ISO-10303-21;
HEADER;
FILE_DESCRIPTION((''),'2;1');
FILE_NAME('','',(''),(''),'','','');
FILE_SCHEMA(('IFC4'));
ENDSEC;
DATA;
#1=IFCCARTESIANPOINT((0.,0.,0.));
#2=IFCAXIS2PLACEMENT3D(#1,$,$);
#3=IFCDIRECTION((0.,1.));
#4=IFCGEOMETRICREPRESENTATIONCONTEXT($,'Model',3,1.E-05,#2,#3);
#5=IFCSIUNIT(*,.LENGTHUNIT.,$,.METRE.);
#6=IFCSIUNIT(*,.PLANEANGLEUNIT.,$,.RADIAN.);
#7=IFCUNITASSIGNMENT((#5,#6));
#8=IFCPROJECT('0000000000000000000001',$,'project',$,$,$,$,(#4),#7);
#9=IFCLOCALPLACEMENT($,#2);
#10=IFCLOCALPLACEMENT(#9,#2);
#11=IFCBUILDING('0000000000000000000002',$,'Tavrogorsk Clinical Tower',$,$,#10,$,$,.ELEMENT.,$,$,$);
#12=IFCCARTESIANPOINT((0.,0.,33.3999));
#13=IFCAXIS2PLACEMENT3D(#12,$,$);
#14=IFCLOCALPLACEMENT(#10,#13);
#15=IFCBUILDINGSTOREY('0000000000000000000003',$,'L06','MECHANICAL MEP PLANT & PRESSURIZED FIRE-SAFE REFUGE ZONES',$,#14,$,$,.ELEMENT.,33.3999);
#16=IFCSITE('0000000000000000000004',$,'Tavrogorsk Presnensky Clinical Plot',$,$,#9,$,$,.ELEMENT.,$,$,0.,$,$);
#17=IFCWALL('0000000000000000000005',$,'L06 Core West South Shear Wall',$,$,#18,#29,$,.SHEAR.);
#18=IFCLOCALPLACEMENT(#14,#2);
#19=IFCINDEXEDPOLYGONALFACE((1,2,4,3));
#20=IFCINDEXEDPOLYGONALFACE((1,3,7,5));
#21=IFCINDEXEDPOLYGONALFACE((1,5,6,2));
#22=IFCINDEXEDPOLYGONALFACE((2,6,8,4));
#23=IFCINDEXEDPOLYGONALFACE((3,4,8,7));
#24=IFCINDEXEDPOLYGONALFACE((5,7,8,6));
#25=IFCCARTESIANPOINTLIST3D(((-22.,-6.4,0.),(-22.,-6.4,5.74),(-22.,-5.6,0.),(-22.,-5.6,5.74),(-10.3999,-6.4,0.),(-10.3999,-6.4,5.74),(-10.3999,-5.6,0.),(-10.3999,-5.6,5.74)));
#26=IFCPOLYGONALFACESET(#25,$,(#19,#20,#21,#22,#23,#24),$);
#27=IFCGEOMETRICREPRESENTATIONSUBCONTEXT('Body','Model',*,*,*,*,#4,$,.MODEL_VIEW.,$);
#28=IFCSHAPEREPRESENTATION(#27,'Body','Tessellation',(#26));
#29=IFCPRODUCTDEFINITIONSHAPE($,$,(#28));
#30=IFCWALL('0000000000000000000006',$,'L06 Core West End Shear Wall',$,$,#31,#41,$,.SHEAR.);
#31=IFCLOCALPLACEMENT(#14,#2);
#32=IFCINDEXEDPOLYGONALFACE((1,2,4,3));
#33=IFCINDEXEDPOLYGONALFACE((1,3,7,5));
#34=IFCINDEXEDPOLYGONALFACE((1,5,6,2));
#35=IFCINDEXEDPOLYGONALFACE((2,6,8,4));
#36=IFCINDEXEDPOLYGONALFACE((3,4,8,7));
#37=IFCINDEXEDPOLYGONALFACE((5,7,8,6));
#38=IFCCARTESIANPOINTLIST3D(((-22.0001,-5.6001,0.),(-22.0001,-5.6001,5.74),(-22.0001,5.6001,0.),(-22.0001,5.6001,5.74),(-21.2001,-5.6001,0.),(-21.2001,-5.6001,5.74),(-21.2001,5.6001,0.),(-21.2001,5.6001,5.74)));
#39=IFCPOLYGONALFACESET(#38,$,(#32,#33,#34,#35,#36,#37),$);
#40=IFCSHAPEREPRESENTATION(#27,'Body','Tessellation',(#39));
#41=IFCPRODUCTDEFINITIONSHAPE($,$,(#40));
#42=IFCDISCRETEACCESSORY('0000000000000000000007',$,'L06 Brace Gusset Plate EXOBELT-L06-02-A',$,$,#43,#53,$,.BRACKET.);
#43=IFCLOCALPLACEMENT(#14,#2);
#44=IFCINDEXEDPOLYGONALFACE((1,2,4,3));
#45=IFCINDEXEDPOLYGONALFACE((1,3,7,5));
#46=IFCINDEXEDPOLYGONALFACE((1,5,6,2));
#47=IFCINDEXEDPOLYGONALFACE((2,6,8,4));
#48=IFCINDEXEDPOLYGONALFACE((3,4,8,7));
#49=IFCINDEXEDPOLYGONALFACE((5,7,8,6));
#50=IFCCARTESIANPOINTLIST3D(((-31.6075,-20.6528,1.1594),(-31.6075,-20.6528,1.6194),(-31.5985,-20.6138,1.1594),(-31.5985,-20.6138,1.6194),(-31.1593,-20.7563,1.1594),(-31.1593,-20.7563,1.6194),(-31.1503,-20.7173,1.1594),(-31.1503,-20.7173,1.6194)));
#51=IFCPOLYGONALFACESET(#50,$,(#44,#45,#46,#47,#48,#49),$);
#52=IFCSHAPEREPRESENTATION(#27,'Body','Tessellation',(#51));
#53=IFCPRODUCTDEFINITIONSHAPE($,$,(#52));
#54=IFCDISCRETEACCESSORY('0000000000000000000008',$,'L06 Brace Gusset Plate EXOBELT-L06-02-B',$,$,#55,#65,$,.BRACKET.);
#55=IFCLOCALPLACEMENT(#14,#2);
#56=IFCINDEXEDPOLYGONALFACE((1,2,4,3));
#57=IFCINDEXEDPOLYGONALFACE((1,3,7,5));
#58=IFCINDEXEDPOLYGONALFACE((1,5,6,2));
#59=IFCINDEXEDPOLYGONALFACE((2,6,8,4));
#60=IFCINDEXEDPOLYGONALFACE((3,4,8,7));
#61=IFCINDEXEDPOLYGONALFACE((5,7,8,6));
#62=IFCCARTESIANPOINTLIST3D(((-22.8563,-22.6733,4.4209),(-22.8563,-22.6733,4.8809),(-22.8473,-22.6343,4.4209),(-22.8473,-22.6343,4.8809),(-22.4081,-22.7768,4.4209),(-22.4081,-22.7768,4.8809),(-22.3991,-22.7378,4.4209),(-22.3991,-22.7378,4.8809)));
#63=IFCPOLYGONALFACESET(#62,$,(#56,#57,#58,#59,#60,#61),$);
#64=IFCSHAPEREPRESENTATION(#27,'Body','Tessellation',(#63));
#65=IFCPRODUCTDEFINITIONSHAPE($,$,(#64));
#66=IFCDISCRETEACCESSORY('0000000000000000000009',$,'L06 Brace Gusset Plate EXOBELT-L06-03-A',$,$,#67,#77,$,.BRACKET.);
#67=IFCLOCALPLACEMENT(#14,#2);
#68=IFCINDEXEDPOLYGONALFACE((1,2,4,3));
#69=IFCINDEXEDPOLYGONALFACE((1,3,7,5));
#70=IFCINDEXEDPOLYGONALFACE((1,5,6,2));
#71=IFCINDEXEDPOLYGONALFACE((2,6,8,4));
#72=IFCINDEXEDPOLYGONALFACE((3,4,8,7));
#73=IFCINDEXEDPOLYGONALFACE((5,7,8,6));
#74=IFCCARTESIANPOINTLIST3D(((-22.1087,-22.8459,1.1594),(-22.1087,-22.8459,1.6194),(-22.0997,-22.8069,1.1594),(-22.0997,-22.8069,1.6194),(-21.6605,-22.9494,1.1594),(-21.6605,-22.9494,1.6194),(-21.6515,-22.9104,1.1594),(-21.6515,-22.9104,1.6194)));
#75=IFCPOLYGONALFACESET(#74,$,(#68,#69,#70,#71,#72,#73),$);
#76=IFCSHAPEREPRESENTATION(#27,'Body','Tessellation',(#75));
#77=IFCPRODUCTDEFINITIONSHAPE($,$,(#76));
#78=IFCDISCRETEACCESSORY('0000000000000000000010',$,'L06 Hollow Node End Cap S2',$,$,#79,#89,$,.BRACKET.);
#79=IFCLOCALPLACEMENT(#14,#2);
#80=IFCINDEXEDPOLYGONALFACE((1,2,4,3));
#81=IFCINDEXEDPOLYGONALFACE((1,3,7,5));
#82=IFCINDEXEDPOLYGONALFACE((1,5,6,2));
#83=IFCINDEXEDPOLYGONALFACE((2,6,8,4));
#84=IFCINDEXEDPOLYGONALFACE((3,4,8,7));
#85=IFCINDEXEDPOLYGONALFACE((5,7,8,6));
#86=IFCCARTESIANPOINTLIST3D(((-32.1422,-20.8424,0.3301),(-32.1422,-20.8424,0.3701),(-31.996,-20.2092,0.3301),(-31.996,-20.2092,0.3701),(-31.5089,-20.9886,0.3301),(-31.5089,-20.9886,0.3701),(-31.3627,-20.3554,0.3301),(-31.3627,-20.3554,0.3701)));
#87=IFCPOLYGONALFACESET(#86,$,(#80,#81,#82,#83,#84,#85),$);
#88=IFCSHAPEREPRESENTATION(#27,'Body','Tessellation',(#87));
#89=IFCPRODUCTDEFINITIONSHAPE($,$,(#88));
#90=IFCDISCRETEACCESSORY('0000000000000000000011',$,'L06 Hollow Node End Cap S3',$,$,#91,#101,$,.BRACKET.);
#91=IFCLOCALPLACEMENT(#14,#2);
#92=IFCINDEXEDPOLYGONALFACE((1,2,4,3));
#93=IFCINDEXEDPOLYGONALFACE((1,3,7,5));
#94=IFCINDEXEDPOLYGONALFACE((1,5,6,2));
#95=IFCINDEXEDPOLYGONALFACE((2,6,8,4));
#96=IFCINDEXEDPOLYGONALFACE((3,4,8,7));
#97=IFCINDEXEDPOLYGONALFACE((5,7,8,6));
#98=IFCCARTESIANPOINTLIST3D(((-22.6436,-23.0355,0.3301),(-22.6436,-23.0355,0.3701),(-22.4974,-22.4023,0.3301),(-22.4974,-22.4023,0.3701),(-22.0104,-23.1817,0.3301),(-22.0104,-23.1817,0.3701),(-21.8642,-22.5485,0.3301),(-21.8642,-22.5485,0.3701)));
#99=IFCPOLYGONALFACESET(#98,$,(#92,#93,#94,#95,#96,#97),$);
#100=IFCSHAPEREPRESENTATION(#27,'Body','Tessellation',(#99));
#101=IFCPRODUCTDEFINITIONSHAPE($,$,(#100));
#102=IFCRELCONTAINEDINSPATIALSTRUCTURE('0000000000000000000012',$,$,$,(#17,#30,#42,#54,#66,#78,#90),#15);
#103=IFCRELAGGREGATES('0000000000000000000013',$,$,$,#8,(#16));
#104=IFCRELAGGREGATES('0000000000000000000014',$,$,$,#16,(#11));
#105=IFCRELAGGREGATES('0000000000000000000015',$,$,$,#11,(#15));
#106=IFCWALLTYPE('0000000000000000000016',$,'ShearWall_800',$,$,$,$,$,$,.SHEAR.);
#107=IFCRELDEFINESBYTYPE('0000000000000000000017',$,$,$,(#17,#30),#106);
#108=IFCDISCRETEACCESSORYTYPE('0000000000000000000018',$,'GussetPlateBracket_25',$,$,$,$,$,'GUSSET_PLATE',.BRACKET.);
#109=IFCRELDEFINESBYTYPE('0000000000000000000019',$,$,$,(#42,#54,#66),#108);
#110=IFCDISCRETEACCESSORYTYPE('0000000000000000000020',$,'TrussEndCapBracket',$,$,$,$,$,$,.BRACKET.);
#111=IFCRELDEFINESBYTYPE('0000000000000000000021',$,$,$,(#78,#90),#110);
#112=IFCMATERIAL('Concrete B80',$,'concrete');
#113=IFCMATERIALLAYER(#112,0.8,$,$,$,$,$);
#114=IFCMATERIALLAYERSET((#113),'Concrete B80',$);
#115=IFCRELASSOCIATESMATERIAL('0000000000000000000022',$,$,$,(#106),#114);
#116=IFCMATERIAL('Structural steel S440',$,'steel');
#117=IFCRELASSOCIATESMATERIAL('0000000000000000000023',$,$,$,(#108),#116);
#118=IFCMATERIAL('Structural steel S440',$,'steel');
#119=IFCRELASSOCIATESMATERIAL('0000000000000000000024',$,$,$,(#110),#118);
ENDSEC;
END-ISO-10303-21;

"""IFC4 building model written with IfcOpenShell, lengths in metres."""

from ifc_helpers import new_model, si_unit, direction, frame, frame_2d, origin, origin_2d, place, context, subcontext, project, spatial, rectangle, extrude, material, layer, layer_set, type_object, element, save


model = new_model("IFC4")

# Units and contexts
model_context = context("Model", 3, precision=1e-05, world=origin(), true_north=direction((0.0, 1.0)))
body_context = subcontext(model_context, "Body", "Model", "MODEL_VIEW")
ifc_project = project(units=[si_unit("LENGTHUNIT", "METRE"), si_unit("PLANEANGLEUNIT", "RADIAN")], contexts=[model_context])

# Site, building, storey
site_placement = place(None, origin())
site = spatial("IfcSite", under=ifc_project, at=site_placement, Name="Tavrogorsk Presnensky Clinical Plot", CompositionType="ELEMENT", RefElevation=0.0)
building_placement = place(site_placement, origin())
building = spatial("IfcBuilding", under=site, at=building_placement, Name="Tavrogorsk Clinical Tower", CompositionType="ELEMENT")
storey_placement = place(building_placement, frame((0.0, 0.0, 33.3999)))
storey = spatial("IfcBuildingStorey", under=building, at=storey_placement, Name="L06", Description="MECHANICAL MEP PLANT & PRESSURIZED FIRE-SAFE REFUGE ZONES", CompositionType="ELEMENT", Elevation=33.3999)

# Walls
ifc_material_1 = material(Name="Concrete B80", Category="concrete")
ifc_layer_1 = layer(ifc_material_1, 0.8)
ifc_layer_set_1 = layer_set([ifc_layer_1], Name="Concrete B80")
wall_type_1 = type_object("IfcWallType", Name="ShearWall_800", PredefinedType="SHEAR", material=ifc_layer_set_1)
wall_1_placement = place(storey_placement, frame((-22.0, -6.0, 0.0), z_axis=(0.0, 0.0, 1.0), x_axis=(1.0, 0.0, 0.0)))
element("IfcWall", 1, at=wall_1_placement, inside=storey, type_object=wall_type_1, Name="L06 Core West South Shear Wall", PredefinedType="SHEAR", context=body_context, shape_type="SweptSolid", body=[
    extrude(rectangle(XDim=11.6001, YDim=0.8, at=frame_2d((5.8, 0.0))), origin(), (0.0, 0.0, 1.0), 5.74),
])
wall_2_placement = place(storey_placement, frame((-21.6001, -5.6001, 0.0), z_axis=(0.0, 0.0, 1.0), x_axis=(0.0, 1.0, 0.0)))
element("IfcWall", 2, at=wall_2_placement, inside=storey, type_object=wall_type_1, Name="L06 Core West End Shear Wall", PredefinedType="SHEAR", context=body_context, shape_type="SweptSolid", body=[
    extrude(rectangle(XDim=11.2002, YDim=0.8, at=frame_2d((5.6001, 0.0))), origin(), (0.0, 0.0, 1.0), 5.74),
])

# Discrete accessories
ifc_material_2 = material(Name="Structural steel S440", Category="steel")
discrete_accessory_type_1 = type_object("IfcDiscreteAccessoryType", Name="GussetPlateBracket_25", ElementType="GUSSET_PLATE", PredefinedType="BRACKET", material=ifc_material_2)
for number, where, z_axis, x_axis, name in (
    (3, (-31.3789, -20.6851, 1.1594), (0.0, 0.0, 1.0), (0.97437, -0.224951, 0.0), "L06 Brace Gusset Plate EXOBELT-L06-02-A"),
    (4, (-22.6277, -22.7056, 4.4209), (0.0, 0.0, 1.0), (0.97437, -0.224951, 0.0), "L06 Brace Gusset Plate EXOBELT-L06-02-B"),
    (5, (-21.8801, -22.8782, 1.1594), (0.0, 0.0, 1.0), (0.97437, -0.224951, 0.0), "L06 Brace Gusset Plate EXOBELT-L06-03-A"),
):
    element("IfcDiscreteAccessory", number, at=place(storey_placement, frame(where, z_axis=z_axis, x_axis=x_axis)), inside=storey, type_object=discrete_accessory_type_1, Name=name, PredefinedType="BRACKET", context=body_context, shape_type="SweptSolid", body=[
        extrude(rectangle(XDim=0.46, YDim=0.04, at=origin_2d()), origin(), (0.0, 0.0, 1.0), 0.46),
    ])
ifc_material_3 = material(Name="Structural steel S440", Category="steel")
discrete_accessory_type_2 = type_object("IfcDiscreteAccessoryType", Name="TrussEndCapBracket", PredefinedType="BRACKET", material=ifc_material_3)
for number, where, z_axis, x_axis, name in (
    (6, (-31.7524, -20.5989, 0.3301), (0.0, 0.0, 1.0), (0.97437, -0.224951, 0.0), "L06 Hollow Node End Cap S2"),
    (7, (-22.2539, -22.792, 0.3301), (0.0, 0.0, 1.0), (0.97437, -0.224951, 0.0), "L06 Hollow Node End Cap S3"),
):
    element("IfcDiscreteAccessory", number, at=place(storey_placement, frame(where, z_axis=z_axis, x_axis=x_axis)), inside=storey, type_object=discrete_accessory_type_2, Name=name, PredefinedType="BRACKET", context=body_context, shape_type="SweptSolid", body=[
        extrude(rectangle(XDim=0.6499, YDim=0.6499, at=origin_2d()), origin(), (0.0, 0.0, 1.0), 0.04),
    ])

save(model, "model.ifc")
